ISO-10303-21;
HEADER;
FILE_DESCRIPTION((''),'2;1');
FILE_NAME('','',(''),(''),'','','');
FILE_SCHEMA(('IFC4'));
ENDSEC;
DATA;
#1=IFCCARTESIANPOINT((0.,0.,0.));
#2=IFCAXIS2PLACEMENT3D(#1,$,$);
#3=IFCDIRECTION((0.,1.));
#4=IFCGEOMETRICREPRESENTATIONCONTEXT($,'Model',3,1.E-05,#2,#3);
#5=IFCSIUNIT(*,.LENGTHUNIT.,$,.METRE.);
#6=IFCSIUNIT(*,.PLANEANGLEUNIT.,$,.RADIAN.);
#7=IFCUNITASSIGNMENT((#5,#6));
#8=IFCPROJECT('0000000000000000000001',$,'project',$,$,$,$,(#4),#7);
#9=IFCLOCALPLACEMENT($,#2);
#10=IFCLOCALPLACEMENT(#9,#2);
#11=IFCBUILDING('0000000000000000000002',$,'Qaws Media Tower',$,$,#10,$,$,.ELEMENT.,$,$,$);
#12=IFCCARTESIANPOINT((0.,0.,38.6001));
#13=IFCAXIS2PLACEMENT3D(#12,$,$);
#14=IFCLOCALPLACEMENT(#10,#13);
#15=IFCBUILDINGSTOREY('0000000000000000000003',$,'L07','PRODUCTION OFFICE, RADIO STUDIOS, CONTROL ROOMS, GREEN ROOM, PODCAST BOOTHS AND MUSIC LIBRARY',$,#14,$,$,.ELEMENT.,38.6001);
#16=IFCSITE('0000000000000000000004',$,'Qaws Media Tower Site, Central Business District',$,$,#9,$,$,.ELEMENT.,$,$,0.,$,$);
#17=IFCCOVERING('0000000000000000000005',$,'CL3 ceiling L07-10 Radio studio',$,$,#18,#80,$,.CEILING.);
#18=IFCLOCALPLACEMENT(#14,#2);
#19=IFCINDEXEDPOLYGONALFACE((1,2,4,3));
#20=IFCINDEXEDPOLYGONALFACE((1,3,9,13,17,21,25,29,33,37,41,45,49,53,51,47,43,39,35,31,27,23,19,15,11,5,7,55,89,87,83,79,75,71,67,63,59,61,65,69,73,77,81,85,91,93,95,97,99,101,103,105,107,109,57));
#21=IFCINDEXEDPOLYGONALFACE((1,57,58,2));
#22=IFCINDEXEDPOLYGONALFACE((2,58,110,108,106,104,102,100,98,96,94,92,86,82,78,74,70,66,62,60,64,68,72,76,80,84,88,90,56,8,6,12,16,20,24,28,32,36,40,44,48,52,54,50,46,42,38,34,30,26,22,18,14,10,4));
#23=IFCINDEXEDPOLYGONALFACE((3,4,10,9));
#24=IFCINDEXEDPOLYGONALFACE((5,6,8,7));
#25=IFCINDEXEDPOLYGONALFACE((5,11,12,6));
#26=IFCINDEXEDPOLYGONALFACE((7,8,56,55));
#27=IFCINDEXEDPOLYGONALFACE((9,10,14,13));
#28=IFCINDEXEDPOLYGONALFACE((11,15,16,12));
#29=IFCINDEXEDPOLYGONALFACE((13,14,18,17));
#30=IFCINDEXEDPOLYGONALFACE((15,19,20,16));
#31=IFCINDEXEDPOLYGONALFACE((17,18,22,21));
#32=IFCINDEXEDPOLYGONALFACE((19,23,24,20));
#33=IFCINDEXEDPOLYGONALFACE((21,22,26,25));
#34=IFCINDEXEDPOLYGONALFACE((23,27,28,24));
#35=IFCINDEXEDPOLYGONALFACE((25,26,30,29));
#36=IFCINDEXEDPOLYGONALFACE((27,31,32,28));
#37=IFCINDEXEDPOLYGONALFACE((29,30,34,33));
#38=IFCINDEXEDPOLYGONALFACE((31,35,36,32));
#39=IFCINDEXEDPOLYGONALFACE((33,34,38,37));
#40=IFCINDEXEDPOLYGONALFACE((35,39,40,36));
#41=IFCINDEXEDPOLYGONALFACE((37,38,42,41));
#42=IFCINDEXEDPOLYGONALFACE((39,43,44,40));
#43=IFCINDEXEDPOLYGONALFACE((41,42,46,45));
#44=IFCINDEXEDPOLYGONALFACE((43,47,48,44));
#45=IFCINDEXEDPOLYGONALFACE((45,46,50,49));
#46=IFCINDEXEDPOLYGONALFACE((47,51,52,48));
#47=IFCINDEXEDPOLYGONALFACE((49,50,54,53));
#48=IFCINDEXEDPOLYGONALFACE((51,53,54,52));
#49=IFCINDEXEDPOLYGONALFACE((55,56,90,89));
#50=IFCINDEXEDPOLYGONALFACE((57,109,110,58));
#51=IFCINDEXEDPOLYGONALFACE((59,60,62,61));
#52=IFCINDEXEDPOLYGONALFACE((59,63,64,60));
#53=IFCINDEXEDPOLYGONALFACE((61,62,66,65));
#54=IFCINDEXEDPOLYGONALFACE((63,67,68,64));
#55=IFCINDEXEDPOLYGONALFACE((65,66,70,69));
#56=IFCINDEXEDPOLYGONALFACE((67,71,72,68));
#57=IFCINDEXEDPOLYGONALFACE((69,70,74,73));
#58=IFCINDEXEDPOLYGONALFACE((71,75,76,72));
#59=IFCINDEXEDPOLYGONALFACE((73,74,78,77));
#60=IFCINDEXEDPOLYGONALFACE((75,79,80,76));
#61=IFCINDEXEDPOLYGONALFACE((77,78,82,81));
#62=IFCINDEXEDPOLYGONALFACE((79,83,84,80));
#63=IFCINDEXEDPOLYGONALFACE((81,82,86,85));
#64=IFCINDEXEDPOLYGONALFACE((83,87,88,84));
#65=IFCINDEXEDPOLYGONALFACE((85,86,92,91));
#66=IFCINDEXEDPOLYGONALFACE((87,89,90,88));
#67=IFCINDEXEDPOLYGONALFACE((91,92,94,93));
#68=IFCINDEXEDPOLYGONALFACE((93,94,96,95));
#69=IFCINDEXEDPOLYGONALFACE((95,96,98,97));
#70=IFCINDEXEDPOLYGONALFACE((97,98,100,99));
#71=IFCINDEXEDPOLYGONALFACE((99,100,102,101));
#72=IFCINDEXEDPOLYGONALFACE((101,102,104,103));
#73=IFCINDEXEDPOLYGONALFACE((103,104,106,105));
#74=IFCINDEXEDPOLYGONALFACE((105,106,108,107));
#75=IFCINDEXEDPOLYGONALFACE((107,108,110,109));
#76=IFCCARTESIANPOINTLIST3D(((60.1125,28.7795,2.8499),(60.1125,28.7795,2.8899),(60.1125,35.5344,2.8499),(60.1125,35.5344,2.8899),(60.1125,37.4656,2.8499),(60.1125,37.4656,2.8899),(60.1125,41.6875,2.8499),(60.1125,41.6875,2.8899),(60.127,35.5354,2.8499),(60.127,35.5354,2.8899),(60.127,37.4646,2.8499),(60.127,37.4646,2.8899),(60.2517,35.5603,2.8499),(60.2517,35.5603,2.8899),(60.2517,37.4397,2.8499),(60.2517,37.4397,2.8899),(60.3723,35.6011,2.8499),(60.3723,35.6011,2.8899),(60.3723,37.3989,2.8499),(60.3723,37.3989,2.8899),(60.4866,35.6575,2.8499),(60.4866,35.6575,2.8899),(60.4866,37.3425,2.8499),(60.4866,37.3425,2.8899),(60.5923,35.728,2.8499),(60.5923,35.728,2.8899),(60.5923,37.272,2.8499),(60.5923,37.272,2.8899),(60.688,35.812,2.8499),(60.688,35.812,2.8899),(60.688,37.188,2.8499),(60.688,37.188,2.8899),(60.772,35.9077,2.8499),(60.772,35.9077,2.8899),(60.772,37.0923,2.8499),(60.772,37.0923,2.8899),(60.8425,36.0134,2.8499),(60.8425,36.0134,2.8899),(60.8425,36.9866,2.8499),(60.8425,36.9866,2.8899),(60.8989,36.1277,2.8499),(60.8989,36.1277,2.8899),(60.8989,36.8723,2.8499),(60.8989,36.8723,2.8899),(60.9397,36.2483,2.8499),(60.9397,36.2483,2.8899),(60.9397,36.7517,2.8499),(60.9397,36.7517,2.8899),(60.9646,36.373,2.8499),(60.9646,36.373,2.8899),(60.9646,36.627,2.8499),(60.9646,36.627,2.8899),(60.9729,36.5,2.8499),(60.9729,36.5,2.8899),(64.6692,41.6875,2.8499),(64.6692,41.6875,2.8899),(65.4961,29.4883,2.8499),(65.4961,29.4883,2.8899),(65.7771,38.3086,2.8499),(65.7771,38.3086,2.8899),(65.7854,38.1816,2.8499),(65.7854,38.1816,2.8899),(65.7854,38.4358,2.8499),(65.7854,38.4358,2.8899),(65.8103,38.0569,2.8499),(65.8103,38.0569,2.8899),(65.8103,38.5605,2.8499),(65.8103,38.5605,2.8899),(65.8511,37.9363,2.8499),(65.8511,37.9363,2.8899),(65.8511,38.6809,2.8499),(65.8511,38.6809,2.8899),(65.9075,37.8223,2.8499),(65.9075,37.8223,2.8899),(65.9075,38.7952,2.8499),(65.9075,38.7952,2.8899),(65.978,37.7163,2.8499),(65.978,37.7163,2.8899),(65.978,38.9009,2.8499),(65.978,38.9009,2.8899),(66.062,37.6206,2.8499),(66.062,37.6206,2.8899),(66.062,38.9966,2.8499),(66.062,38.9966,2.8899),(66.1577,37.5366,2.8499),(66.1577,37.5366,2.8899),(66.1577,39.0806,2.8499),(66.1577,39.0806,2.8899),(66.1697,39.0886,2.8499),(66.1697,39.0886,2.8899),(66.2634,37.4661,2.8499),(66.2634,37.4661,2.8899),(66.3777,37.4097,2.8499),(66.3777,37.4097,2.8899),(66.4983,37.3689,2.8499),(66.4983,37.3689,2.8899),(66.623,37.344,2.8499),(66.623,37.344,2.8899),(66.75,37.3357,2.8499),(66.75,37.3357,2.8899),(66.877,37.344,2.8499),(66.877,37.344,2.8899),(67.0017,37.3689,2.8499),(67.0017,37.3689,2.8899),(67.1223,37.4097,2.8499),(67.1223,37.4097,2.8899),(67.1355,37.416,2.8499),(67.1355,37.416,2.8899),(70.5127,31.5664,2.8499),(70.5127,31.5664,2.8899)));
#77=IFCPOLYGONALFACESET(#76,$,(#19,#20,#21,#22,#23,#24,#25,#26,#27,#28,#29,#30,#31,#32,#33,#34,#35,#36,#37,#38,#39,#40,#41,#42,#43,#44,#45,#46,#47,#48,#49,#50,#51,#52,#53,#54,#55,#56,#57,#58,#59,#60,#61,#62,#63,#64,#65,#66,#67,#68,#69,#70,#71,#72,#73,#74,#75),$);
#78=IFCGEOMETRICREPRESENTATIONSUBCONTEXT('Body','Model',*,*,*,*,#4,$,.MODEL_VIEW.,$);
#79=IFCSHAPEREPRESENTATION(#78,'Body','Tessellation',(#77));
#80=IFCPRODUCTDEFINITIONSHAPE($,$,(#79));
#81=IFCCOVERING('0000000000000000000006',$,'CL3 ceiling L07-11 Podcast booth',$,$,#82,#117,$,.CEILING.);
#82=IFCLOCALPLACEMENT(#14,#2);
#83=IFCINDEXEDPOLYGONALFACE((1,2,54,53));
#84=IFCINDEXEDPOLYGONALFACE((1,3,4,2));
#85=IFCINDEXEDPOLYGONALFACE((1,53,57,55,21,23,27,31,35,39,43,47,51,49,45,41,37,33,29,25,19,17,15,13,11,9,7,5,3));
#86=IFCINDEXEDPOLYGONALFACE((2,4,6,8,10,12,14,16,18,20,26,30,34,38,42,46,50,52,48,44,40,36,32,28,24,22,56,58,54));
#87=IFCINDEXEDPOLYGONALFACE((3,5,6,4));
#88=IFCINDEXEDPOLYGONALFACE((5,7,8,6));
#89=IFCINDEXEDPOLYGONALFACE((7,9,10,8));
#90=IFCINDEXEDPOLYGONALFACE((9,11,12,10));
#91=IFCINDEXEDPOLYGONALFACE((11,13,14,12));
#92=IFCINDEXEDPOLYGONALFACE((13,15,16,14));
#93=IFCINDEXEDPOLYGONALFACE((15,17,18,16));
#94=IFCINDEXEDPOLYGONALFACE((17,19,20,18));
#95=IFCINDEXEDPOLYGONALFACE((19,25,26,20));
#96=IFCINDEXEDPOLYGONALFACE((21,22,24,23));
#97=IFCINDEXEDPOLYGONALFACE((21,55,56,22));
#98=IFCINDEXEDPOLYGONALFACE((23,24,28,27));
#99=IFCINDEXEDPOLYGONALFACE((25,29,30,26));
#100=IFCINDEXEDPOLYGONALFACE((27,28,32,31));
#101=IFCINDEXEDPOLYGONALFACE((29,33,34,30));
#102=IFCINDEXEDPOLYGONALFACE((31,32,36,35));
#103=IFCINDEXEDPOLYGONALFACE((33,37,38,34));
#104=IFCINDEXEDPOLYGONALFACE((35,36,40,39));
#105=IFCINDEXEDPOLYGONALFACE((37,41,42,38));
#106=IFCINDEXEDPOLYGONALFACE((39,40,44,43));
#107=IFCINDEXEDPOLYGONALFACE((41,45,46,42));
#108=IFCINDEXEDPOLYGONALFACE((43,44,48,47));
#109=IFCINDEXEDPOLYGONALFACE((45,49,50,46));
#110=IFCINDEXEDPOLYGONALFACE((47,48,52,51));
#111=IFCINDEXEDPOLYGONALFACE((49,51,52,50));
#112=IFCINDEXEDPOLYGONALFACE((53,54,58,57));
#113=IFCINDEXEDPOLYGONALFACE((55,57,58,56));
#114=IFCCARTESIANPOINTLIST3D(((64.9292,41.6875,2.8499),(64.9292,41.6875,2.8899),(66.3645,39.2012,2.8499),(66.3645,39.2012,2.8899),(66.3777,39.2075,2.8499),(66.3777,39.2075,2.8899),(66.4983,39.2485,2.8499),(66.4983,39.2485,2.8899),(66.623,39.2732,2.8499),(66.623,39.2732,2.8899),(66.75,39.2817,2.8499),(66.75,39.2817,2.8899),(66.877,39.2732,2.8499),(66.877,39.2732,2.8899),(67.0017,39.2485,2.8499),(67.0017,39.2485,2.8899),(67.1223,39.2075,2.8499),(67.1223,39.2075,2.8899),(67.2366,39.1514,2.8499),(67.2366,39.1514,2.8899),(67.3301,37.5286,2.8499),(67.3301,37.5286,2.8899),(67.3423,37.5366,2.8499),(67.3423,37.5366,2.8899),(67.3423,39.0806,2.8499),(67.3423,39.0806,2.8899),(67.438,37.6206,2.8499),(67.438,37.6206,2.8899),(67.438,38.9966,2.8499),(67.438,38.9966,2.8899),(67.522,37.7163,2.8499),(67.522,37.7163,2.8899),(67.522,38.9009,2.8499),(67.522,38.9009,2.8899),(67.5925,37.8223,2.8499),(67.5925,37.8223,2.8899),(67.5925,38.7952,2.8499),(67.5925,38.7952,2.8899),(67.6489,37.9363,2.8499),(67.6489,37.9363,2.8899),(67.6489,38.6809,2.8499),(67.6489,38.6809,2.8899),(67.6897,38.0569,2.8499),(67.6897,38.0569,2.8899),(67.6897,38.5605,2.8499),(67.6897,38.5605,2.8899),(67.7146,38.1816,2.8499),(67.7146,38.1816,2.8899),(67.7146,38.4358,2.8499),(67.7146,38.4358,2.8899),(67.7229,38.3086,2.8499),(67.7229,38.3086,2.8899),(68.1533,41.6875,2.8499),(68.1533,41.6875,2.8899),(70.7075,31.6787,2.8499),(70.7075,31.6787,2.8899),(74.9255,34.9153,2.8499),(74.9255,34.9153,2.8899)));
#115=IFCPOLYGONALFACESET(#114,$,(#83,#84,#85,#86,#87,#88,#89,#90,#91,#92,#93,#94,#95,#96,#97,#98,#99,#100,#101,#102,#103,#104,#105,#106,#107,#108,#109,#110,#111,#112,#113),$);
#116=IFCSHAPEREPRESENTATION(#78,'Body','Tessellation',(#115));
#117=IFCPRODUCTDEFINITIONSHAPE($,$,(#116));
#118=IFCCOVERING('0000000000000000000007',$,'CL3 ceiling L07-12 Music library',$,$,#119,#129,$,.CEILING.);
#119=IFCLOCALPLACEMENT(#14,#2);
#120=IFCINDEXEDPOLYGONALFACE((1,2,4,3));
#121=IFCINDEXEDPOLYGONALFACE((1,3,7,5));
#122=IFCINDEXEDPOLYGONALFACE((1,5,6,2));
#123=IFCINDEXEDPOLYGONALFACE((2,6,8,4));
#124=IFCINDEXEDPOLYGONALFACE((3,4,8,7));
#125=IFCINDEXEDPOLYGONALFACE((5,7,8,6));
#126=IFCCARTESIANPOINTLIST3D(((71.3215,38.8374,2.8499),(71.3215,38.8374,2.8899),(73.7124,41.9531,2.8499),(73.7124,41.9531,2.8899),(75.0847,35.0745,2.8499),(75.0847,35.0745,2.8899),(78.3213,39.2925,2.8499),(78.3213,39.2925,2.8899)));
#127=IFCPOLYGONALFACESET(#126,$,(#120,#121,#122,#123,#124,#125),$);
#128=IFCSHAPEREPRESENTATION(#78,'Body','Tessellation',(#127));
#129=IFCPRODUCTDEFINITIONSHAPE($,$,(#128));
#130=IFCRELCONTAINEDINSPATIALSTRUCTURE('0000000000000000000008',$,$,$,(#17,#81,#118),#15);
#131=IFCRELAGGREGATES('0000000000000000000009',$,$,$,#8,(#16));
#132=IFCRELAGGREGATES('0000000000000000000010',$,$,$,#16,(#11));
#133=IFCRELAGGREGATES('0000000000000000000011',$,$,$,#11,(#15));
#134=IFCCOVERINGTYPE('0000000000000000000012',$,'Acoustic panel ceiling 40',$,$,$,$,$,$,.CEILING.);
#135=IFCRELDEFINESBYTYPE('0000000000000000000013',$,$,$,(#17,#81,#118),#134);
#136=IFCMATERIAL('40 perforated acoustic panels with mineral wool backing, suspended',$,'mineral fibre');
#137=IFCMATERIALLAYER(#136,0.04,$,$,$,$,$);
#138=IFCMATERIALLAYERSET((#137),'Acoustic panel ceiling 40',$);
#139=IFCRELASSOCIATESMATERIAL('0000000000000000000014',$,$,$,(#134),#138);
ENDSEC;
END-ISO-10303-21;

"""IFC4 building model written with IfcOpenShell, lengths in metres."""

from ifc_helpers import new_model, si_unit, direction, frame, origin, place, context, subcontext, project, spatial, polyline, outline, extrude, material, layer, layer_set, type_object, element, save


model = new_model("IFC4")

# Units and contexts
model_context = context("Model", 3, precision=1e-05, world=origin(), true_north=direction((0.0, 1.0)))
body_context = subcontext(model_context, "Body", "Model", "MODEL_VIEW")
ifc_project = project(units=[si_unit("LENGTHUNIT", "METRE"), si_unit("PLANEANGLEUNIT", "RADIAN")], contexts=[model_context])

# Site, building, storey
site_placement = place(None, origin())
site = spatial("IfcSite", under=ifc_project, at=site_placement, Name="Qaws Media Tower Site, Central Business District", CompositionType="ELEMENT", RefElevation=0.0)
building_placement = place(site_placement, origin())
building = spatial("IfcBuilding", under=site, at=building_placement, Name="Qaws Media Tower", CompositionType="ELEMENT")
storey_placement = place(building_placement, frame((0.0, 0.0, 38.6001)))
storey = spatial("IfcBuildingStorey", under=building, at=storey_placement, Name="L07", Description="PRODUCTION OFFICE, RADIO STUDIOS, CONTROL ROOMS, GREEN ROOM, PODCAST BOOTHS AND MUSIC LIBRARY", CompositionType="ELEMENT", Elevation=38.6001)

# Coverings
ifc_material_1 = material(Name="40 perforated acoustic panels with mineral wool backing, suspended", Category="mineral fibre")
ifc_layer_1 = layer(ifc_material_1, 0.04)
ifc_layer_set_1 = layer_set([ifc_layer_1], Name="Acoustic panel ceiling 40")
covering_type_1 = type_object("IfcCoveringType", Name="Acoustic panel ceiling 40", PredefinedType="CEILING", material=ifc_layer_set_1)
covering_1_placement = place(storey_placement, frame((0.0, 0.0, 2.8499)))
element("IfcCovering", 1, at=covering_1_placement, inside=storey, type_object=covering_type_1, Name="CL3 ceiling L07-10 Radio studio", PredefinedType="CEILING", context=body_context, shape_type="SweptSolid", body=[
    extrude(outline(polyline([(65.4961, 29.4883), (60.1125, 28.7795), (60.1125, 35.5344), (60.127, 35.5354), (60.2517, 35.5603), (60.3723, 35.6011), (60.4866, 35.6575), (60.5923, 35.728), (60.688, 35.812), (60.772, 35.9077), (60.8425, 36.0134), (60.8989, 36.1277), (60.9397, 36.2483), (60.9646, 36.373), (60.9729, 36.5), (60.9646, 36.627), (60.9397, 36.7517), (60.8989, 36.8723), (60.8425, 36.9866), (60.772, 37.0923), (60.688, 37.188), (60.5923, 37.272), (60.4866, 37.3425), (60.3723, 37.3989), (60.2517, 37.4397), (60.127, 37.4646), (60.1125, 37.4656), (60.1125, 41.6875), (64.6692, 41.6875), (66.1697, 39.0886), (66.1577, 39.0806), (66.062, 38.9966), (65.978, 38.9009), (65.9075, 38.7952), (65.8511, 38.6809), (65.8103, 38.5605), (65.7854, 38.4358), (65.7771, 38.3086), (65.7854, 38.1816), (65.8103, 38.0569), (65.8511, 37.9363), (65.9075, 37.8223), (65.978, 37.7163), (66.062, 37.6206), (66.1577, 37.5366), (66.2634, 37.4661), (66.3777, 37.4097), (66.4983, 37.3689), (66.623, 37.344), (66.75, 37.3357), (66.877, 37.344), (67.0017, 37.3689), (67.1223, 37.4097), (67.1355, 37.416), (70.5127, 31.5664), (65.4961, 29.4883)])), origin(), (0.0, 0.0, 1.0), 0.04),
])
covering_2_placement = place(storey_placement, frame((0.0, 0.0, 2.8499)))
element("IfcCovering", 2, at=covering_2_placement, inside=storey, type_object=covering_type_1, Name="CL3 ceiling L07-11 Podcast booth", PredefinedType="CEILING", context=body_context, shape_type="SweptSolid", body=[
    extrude(outline(polyline([(70.7075, 31.6787), (67.3301, 37.5286), (67.3423, 37.5366), (67.438, 37.6206), (67.522, 37.7163), (67.5925, 37.8223), (67.6489, 37.9363), (67.6897, 38.0569), (67.7146, 38.1816), (67.7229, 38.3086), (67.7146, 38.4358), (67.6897, 38.5605), (67.6489, 38.6809), (67.5925, 38.7952), (67.522, 38.9009), (67.438, 38.9966), (67.3423, 39.0806), (67.2366, 39.1514), (67.1223, 39.2075), (67.0017, 39.2485), (66.877, 39.2732), (66.75, 39.2817), (66.623, 39.2732), (66.4983, 39.2485), (66.3777, 39.2075), (66.3645, 39.2012), (64.9292, 41.6875), (68.1533, 41.6875), (74.9255, 34.9153), (70.7075, 31.6787)])), origin(), (0.0, 0.0, 1.0), 0.04),
])
covering_3_placement = place(storey_placement, frame((0.0, 0.0, 2.8499)))
element("IfcCovering", 3, at=covering_3_placement, inside=storey, type_object=covering_type_1, Name="CL3 ceiling L07-12 Music library", PredefinedType="CEILING", context=body_context, shape_type="SweptSolid", body=[
    extrude(outline(polyline([(73.7124, 41.9531), (78.3213, 39.2925), (75.0847, 35.0745), (71.3215, 38.8374), (73.7124, 41.9531)])), origin(), (0.0, 0.0, 1.0), 0.04),
])

save(model, "model.ifc")
